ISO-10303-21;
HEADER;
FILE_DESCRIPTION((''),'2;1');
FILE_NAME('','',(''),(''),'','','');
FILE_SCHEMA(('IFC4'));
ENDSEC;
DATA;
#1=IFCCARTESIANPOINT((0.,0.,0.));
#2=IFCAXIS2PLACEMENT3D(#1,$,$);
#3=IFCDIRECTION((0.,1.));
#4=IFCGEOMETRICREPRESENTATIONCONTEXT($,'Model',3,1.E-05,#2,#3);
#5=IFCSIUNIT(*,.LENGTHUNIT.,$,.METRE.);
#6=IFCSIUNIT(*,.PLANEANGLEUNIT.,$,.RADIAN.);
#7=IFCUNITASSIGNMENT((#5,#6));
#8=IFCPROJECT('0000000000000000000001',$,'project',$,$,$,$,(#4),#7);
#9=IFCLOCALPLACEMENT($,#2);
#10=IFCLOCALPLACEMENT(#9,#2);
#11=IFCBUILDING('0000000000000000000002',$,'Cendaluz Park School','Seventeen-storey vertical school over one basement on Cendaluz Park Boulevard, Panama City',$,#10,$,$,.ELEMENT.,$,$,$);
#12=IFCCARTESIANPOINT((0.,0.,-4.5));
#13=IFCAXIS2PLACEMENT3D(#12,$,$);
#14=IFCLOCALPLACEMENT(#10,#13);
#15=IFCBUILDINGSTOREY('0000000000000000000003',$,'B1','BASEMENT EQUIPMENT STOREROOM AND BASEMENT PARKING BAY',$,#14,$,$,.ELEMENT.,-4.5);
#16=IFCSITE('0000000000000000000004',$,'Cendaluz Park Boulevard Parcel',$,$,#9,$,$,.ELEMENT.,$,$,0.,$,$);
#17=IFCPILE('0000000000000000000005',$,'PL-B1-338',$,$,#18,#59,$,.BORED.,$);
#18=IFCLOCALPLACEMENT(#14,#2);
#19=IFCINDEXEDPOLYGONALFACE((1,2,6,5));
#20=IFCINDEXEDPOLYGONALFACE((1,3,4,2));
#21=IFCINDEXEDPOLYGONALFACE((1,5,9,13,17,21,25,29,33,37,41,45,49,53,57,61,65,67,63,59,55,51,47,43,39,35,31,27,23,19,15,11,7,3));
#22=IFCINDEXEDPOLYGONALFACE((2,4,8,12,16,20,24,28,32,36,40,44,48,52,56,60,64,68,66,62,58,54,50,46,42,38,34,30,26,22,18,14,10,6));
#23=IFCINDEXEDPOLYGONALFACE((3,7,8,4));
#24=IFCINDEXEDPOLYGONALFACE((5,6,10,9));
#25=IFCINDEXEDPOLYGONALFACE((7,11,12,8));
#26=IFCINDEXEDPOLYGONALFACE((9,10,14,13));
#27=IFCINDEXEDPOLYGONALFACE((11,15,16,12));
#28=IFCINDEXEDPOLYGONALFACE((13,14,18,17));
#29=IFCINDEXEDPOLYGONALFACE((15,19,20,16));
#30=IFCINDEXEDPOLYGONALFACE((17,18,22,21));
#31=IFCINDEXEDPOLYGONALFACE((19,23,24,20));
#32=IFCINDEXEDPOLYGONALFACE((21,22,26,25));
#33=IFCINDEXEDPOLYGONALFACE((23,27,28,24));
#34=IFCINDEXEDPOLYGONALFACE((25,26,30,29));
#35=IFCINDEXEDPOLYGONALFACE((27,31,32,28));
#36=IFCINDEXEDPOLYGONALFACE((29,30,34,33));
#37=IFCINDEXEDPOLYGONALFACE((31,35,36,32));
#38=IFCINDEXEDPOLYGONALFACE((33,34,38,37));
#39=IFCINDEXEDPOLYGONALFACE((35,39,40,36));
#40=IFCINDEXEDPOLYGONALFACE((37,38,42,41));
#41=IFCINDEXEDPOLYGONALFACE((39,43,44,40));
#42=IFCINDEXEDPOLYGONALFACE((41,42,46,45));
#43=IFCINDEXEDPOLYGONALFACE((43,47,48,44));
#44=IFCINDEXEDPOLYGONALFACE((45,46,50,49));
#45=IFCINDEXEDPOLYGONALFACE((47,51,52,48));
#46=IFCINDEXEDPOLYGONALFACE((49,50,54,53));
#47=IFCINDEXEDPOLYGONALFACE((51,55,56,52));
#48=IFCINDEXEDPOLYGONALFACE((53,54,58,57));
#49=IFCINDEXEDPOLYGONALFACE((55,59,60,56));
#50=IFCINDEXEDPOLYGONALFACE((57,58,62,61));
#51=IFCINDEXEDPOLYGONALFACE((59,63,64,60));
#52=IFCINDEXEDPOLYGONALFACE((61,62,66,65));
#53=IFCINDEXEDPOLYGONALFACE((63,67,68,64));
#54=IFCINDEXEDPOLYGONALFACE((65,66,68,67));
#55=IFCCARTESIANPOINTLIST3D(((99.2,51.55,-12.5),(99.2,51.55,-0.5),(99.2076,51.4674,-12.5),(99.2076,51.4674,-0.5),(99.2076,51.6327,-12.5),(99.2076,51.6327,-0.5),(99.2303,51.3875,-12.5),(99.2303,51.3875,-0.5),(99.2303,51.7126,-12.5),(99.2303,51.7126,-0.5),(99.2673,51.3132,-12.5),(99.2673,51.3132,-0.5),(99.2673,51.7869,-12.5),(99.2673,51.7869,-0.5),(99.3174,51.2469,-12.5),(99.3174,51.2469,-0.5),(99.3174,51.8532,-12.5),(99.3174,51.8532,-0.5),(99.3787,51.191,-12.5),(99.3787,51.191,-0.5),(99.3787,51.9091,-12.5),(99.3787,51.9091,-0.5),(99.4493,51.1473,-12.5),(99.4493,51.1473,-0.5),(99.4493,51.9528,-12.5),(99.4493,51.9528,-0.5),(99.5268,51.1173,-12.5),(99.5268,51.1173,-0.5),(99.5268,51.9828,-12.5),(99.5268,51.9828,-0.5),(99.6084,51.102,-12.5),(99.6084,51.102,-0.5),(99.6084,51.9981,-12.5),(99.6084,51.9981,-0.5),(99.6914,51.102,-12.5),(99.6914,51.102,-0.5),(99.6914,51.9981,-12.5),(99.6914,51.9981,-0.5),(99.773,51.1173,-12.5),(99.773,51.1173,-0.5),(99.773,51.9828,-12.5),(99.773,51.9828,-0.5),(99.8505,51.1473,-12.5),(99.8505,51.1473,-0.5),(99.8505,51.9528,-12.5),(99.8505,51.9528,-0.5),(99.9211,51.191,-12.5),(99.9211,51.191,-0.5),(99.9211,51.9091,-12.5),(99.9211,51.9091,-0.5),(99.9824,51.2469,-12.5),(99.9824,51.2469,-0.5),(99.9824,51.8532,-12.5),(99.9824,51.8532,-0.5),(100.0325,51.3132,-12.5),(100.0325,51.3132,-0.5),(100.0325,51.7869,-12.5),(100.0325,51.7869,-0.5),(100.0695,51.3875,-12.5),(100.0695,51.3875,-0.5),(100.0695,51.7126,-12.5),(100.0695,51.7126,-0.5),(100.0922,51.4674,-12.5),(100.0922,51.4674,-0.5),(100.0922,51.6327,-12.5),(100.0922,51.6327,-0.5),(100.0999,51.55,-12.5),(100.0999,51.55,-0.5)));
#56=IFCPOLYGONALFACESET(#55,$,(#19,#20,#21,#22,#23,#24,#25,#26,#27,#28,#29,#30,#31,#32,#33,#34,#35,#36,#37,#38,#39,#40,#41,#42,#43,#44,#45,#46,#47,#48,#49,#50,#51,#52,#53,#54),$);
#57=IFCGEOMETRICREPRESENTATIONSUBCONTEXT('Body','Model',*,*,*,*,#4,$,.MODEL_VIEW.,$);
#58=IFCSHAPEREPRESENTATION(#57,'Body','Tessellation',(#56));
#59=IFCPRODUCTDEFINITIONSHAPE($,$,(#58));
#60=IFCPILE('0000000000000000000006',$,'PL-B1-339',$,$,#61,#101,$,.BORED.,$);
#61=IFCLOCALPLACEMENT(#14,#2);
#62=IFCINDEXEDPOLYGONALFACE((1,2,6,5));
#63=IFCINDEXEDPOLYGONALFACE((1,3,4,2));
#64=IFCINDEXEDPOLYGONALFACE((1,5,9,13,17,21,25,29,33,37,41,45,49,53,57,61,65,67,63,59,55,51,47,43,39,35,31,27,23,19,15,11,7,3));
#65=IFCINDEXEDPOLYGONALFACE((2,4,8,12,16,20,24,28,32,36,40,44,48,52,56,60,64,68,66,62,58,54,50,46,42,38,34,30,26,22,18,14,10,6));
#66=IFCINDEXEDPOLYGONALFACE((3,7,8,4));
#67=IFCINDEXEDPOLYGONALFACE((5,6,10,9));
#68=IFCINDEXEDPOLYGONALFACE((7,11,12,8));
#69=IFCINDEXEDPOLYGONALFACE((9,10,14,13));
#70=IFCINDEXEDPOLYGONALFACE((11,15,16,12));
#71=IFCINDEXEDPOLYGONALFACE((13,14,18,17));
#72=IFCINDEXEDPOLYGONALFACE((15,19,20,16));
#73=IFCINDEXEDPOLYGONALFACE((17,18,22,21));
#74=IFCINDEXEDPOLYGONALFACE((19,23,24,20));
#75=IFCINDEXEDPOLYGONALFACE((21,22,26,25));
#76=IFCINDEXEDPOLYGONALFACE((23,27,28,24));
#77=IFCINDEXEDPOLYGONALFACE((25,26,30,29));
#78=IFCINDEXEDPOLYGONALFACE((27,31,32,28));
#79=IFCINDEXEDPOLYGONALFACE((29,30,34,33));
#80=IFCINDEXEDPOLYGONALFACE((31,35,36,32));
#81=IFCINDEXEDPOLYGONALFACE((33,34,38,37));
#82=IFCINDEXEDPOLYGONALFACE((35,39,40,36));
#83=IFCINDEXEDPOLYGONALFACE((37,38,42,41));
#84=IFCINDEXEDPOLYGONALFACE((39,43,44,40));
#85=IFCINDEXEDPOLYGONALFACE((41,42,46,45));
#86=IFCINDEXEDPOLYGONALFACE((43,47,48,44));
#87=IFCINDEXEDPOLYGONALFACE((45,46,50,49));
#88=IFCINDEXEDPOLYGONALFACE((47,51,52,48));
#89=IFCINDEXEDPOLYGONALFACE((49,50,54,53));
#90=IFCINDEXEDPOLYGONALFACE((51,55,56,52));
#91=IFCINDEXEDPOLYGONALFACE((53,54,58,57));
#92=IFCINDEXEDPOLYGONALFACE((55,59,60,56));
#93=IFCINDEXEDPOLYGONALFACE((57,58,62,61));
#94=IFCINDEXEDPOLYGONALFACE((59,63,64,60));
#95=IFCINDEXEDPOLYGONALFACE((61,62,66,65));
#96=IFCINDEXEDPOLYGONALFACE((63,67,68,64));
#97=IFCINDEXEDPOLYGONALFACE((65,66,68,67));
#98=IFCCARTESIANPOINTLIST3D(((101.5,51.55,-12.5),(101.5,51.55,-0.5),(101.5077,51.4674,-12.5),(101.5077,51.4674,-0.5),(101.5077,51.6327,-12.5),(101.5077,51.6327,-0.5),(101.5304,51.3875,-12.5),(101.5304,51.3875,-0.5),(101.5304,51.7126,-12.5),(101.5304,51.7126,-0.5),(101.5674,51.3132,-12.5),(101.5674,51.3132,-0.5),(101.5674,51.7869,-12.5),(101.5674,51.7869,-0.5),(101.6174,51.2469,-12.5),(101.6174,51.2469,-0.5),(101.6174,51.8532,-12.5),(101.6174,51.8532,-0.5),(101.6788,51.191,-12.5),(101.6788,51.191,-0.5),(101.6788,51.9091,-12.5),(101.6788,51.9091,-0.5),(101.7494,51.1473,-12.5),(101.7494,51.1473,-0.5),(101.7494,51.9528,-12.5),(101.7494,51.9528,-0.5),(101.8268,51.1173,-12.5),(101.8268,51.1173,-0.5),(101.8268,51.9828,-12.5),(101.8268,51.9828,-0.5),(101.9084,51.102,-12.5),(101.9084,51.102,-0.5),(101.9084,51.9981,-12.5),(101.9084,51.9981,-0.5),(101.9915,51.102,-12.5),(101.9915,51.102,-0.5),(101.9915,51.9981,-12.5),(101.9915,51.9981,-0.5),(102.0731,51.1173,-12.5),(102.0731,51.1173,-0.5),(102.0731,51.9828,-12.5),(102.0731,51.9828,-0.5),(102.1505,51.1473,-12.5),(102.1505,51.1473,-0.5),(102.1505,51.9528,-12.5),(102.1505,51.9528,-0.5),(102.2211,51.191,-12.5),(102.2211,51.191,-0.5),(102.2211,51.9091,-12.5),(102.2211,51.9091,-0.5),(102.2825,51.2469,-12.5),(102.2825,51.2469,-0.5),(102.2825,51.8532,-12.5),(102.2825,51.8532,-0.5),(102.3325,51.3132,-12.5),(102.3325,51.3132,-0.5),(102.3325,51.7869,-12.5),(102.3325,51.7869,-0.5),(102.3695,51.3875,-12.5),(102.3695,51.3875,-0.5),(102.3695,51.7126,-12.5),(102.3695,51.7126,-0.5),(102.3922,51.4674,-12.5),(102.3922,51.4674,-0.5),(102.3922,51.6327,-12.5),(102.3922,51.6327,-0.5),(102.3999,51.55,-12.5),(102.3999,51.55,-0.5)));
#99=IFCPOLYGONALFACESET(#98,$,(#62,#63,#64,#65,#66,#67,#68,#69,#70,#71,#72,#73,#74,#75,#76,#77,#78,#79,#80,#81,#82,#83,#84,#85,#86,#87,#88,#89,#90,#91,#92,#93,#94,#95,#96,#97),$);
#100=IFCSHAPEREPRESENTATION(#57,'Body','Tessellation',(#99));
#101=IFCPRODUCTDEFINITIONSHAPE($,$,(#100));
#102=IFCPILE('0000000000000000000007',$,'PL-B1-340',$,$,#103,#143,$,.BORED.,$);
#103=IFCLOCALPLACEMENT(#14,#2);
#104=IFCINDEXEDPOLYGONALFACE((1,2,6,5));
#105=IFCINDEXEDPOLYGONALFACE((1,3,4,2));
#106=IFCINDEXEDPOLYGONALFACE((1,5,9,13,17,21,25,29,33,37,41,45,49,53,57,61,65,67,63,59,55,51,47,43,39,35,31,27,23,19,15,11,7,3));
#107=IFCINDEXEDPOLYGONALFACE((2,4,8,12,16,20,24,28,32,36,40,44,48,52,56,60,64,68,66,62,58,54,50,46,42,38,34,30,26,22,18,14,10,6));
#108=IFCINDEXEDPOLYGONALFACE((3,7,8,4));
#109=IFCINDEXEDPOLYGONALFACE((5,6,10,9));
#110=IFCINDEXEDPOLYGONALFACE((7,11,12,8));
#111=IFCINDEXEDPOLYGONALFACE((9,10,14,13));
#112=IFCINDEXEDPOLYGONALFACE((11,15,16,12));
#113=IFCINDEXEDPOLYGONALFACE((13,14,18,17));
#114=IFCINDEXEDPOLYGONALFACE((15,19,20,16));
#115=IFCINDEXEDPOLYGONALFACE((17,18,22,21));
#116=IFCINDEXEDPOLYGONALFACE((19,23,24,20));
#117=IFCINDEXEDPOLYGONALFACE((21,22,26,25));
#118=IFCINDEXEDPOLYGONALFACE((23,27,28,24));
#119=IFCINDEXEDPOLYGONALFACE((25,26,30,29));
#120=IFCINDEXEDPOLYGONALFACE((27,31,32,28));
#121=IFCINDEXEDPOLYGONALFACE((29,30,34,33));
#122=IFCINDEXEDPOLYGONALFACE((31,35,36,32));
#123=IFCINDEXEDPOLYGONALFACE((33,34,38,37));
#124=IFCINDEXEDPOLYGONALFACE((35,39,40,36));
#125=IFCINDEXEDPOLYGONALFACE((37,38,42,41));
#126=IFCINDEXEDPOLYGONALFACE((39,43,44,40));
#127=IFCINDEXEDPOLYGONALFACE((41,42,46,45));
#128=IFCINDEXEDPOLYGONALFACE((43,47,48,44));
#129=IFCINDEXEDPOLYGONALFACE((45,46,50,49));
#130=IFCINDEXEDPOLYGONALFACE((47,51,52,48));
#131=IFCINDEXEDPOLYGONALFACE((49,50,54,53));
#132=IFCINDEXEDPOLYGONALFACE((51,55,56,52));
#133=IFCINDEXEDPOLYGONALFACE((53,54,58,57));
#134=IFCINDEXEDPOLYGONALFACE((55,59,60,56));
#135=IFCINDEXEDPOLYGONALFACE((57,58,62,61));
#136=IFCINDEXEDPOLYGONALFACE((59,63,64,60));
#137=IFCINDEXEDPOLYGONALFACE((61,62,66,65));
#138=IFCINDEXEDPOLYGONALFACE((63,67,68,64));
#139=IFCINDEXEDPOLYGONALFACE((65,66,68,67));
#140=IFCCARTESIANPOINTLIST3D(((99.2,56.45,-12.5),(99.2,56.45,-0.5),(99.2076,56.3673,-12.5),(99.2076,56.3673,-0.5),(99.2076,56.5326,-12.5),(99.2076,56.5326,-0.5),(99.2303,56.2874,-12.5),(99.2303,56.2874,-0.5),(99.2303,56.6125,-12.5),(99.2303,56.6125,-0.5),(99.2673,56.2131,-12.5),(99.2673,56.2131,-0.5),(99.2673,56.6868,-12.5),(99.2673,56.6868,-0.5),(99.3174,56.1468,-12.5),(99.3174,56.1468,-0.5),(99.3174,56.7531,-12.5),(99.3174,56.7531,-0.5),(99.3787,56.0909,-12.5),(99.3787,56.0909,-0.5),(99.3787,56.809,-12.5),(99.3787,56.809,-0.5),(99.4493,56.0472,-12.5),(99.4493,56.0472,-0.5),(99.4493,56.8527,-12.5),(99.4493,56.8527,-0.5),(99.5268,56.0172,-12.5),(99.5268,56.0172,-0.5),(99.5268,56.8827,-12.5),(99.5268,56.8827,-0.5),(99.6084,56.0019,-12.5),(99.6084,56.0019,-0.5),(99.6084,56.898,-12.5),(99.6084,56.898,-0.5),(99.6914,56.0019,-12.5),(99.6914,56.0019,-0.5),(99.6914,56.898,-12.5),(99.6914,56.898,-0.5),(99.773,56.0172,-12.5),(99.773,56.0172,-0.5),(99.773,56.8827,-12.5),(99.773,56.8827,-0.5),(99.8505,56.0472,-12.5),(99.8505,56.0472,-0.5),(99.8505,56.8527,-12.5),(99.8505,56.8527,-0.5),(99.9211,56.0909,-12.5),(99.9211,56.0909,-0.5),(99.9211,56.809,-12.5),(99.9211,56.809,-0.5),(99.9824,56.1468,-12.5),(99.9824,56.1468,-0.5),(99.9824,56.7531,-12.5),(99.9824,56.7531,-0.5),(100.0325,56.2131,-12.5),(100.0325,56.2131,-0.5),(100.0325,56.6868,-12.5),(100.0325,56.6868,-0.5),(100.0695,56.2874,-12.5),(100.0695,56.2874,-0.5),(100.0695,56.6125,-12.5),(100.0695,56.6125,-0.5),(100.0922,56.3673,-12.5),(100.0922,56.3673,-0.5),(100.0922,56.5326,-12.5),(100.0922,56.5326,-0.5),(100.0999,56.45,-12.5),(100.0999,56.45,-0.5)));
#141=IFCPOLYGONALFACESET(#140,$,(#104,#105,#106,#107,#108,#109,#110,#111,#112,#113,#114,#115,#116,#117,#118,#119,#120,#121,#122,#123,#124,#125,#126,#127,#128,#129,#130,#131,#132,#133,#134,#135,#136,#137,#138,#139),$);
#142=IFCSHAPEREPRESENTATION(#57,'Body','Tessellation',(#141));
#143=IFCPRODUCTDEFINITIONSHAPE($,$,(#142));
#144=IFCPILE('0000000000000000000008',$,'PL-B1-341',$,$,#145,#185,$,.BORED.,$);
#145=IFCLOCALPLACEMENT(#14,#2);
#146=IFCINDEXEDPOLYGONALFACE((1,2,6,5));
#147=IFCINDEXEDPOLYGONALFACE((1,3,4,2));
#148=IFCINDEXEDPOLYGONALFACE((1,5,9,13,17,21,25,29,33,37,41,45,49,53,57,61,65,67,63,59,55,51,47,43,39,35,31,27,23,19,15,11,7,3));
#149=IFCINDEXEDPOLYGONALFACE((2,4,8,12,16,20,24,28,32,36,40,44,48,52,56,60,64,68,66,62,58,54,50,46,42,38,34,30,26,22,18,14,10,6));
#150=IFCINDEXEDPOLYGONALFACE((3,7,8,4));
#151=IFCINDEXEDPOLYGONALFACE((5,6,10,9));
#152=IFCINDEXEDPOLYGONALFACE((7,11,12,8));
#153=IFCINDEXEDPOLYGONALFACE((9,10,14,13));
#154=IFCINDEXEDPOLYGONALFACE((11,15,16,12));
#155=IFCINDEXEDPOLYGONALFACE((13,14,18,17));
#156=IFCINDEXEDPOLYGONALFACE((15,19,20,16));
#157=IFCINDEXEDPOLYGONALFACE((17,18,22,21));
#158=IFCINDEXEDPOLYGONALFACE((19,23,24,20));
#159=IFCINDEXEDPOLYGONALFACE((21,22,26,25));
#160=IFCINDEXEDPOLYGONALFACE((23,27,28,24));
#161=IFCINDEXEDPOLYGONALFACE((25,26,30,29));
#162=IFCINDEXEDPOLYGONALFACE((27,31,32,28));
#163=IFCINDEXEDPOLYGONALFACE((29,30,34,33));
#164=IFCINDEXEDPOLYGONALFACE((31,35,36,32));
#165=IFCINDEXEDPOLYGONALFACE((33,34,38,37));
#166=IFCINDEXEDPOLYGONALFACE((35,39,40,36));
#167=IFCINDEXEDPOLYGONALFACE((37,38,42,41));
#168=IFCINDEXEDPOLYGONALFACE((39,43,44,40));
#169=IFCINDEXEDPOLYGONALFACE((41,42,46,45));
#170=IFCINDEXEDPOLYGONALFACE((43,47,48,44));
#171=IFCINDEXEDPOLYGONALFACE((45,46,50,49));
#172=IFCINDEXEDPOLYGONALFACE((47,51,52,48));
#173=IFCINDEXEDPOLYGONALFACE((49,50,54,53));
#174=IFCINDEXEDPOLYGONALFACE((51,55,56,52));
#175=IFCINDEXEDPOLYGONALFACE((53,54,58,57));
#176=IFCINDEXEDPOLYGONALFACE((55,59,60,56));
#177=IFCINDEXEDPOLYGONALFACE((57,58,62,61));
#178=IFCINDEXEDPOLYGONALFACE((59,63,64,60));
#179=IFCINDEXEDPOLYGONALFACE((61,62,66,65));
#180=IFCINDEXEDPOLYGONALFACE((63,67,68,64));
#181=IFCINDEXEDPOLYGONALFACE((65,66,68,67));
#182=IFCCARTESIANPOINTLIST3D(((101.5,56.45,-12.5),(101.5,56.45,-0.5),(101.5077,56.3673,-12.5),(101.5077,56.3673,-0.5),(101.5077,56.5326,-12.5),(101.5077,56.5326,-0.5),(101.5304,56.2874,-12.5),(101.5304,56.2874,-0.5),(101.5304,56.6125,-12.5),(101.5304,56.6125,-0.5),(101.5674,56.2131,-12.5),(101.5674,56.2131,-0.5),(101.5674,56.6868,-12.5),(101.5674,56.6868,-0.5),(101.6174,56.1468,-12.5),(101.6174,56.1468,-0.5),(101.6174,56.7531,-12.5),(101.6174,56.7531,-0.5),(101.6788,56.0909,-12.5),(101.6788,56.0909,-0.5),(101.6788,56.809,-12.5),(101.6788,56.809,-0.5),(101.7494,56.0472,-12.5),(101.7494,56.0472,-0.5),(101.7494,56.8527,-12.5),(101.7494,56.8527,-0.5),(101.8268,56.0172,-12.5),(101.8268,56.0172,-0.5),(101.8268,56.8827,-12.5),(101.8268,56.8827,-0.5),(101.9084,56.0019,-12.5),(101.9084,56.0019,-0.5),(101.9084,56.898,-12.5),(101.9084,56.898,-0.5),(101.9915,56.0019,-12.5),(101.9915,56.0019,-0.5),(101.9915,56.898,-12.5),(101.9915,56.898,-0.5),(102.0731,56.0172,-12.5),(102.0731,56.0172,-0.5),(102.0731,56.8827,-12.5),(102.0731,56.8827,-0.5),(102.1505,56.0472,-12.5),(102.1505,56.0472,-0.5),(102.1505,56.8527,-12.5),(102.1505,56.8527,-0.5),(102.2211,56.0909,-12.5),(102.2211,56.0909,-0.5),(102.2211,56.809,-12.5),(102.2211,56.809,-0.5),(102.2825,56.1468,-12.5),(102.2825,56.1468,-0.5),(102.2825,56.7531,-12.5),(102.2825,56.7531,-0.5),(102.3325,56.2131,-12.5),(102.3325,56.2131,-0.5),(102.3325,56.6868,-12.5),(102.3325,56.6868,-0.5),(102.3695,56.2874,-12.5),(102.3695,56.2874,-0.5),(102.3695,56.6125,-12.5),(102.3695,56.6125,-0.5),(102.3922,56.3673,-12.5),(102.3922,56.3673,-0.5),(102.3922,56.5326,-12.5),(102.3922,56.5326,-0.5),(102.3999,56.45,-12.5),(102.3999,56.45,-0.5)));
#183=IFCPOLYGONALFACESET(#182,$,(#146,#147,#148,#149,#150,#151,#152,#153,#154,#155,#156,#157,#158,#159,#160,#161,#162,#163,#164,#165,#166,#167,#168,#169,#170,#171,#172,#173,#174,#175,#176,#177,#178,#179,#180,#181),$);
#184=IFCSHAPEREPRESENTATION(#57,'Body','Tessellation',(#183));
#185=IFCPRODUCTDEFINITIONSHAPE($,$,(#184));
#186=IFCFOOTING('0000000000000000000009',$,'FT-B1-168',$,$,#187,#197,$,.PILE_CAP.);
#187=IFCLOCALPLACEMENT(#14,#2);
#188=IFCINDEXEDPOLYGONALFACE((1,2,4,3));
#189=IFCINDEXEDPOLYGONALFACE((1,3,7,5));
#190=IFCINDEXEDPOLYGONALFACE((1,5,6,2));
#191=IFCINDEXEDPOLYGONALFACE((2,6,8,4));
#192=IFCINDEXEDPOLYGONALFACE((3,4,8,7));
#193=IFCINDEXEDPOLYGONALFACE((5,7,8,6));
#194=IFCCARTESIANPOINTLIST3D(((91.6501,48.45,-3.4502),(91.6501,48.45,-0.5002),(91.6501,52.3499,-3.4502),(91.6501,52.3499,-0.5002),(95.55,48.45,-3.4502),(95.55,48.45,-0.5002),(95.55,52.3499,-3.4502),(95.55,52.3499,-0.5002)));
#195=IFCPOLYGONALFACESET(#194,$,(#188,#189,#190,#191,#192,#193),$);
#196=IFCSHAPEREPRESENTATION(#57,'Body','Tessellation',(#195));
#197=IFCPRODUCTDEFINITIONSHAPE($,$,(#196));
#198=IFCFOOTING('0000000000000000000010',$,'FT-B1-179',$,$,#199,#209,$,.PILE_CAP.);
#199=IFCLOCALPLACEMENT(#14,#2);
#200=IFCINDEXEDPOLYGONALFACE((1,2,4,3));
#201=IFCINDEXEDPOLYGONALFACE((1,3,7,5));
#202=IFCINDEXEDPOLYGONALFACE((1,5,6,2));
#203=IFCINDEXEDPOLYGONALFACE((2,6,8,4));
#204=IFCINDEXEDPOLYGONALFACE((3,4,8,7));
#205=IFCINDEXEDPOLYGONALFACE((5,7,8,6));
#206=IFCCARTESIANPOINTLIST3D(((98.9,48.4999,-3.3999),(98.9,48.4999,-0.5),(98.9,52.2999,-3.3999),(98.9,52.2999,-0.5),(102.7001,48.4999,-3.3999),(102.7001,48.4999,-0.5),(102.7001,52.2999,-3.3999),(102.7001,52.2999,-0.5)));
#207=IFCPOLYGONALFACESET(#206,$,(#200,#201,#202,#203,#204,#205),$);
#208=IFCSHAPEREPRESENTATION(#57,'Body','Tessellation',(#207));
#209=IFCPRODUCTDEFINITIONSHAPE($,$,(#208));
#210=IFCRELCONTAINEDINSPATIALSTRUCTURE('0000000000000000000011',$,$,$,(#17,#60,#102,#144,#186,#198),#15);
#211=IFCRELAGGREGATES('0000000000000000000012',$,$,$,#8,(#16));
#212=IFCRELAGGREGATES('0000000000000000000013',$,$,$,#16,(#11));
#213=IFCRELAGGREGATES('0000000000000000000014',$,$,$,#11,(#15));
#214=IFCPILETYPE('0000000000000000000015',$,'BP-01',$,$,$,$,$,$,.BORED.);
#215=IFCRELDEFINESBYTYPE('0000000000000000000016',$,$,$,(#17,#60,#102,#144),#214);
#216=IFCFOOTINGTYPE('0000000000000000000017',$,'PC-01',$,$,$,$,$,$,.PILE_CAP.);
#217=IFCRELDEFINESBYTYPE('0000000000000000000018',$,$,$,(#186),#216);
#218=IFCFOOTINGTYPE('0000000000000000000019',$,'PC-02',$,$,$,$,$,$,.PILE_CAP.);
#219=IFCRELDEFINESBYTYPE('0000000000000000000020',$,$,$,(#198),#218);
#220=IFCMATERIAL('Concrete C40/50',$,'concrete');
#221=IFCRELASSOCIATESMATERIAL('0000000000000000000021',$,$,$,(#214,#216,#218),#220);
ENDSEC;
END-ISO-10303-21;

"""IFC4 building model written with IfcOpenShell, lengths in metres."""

from ifc_helpers import new_model, si_unit, direction, frame, origin, origin_2d, place, context, subcontext, project, spatial, rectangle, circle, extrude, material, material_profile, profile_set, type_object, element, save


model = new_model("IFC4")

# Units and contexts
model_context = context("Model", 3, precision=1e-05, world=origin(), true_north=direction((0.0, 1.0)))
body_context = subcontext(model_context, "Body", "Model", "MODEL_VIEW")
ifc_project = project(units=[si_unit("LENGTHUNIT", "METRE"), si_unit("PLANEANGLEUNIT", "RADIAN")], contexts=[model_context])

# Site, building, storey
site_placement = place(None, origin())
site = spatial("IfcSite", under=ifc_project, at=site_placement, Name="Cendaluz Park Boulevard Parcel", CompositionType="ELEMENT", RefElevation=0.0)
building_placement = place(site_placement, origin())
building = spatial("IfcBuilding", under=site, at=building_placement, Name="Cendaluz Park School", Description="Seventeen-storey vertical school over one basement on Cendaluz Park Boulevard, Panama City", CompositionType="ELEMENT")
storey_placement = place(building_placement, frame((0.0, 0.0, -4.5)))
storey = spatial("IfcBuildingStorey", under=building, at=storey_placement, Name="B1", Description="BASEMENT EQUIPMENT STOREROOM AND BASEMENT PARKING BAY", CompositionType="ELEMENT", Elevation=-4.5)

# Piles
ifc_material_1 = material(Name="Concrete C40/50", Category="concrete")
ifc_material_profile_1 = material_profile(ifc_material_1, circle(Radius=0.45, at=origin_2d()), Name="BP D900", Category="concrete")
ifc_profile_set_1 = profile_set([ifc_material_profile_1], Name="Concrete C40/50")
pile_type = type_object("IfcPileType", Name="BP-01", PredefinedType="BORED", material=ifc_profile_set_1)
for number, where, z_axis, x_axis, name in (
    (1, (99.6499, 51.55, -0.5), (0.0, 0.0, -1.0), (1.0, 0.0, 0.0), "PL-B1-338"),
    (2, (101.95, 51.55, -0.5), (0.0, 0.0, -1.0), (1.0, 0.0, 0.0), "PL-B1-339"),
    (3, (99.6499, 56.45, -0.5), (0.0, 0.0, -1.0), (1.0, 0.0, 0.0), "PL-B1-340"),
    (4, (101.95, 56.45, -0.5), (0.0, 0.0, -1.0), (1.0, 0.0, 0.0), "PL-B1-341"),
):
    element("IfcPile", number, at=place(storey_placement, frame(where, z_axis=z_axis, x_axis=x_axis)), inside=storey, type_object=pile_type, Name=name, PredefinedType="BORED", context=body_context, shape_type="SweptSolid", body=[
        extrude(circle(Radius=0.45, at=origin_2d()), origin(), (0.0, 0.0, 1.0), 12.0),
    ])

# Footings
footing_type_1 = type_object("IfcFootingType", Name="PC-01", PredefinedType="PILE_CAP", material=ifc_material_1)
footing_1_placement = place(storey_placement, frame((93.6001, 50.3999, -3.4502), z_axis=(0.0, 0.0, 1.0), x_axis=(1.0, 0.0, 0.0)))
element("IfcFooting", 5, at=footing_1_placement, inside=storey, type_object=footing_type_1, Name="FT-B1-168", PredefinedType="PILE_CAP", context=body_context, shape_type="SweptSolid", body=[
    extrude(rectangle(XDim=3.8999, YDim=3.8999, at=origin_2d()), origin(), (0.0, 0.0, 1.0), 2.95),
])
footing_type_2 = type_object("IfcFootingType", Name="PC-02", PredefinedType="PILE_CAP", material=ifc_material_1)
footing_2_placement = place(storey_placement, frame((100.8, 50.3999, -3.3999), z_axis=(0.0, 0.0, 1.0), x_axis=(1.0, 0.0, 0.0)))
element("IfcFooting", 6, at=footing_2_placement, inside=storey, type_object=footing_type_2, Name="FT-B1-179", PredefinedType="PILE_CAP", context=body_context, shape_type="SweptSolid", body=[
    extrude(rectangle(XDim=3.8, YDim=3.8, at=origin_2d()), origin(), (0.0, 0.0, 1.0), 2.8999),
])

save(model, "model.ifc")
